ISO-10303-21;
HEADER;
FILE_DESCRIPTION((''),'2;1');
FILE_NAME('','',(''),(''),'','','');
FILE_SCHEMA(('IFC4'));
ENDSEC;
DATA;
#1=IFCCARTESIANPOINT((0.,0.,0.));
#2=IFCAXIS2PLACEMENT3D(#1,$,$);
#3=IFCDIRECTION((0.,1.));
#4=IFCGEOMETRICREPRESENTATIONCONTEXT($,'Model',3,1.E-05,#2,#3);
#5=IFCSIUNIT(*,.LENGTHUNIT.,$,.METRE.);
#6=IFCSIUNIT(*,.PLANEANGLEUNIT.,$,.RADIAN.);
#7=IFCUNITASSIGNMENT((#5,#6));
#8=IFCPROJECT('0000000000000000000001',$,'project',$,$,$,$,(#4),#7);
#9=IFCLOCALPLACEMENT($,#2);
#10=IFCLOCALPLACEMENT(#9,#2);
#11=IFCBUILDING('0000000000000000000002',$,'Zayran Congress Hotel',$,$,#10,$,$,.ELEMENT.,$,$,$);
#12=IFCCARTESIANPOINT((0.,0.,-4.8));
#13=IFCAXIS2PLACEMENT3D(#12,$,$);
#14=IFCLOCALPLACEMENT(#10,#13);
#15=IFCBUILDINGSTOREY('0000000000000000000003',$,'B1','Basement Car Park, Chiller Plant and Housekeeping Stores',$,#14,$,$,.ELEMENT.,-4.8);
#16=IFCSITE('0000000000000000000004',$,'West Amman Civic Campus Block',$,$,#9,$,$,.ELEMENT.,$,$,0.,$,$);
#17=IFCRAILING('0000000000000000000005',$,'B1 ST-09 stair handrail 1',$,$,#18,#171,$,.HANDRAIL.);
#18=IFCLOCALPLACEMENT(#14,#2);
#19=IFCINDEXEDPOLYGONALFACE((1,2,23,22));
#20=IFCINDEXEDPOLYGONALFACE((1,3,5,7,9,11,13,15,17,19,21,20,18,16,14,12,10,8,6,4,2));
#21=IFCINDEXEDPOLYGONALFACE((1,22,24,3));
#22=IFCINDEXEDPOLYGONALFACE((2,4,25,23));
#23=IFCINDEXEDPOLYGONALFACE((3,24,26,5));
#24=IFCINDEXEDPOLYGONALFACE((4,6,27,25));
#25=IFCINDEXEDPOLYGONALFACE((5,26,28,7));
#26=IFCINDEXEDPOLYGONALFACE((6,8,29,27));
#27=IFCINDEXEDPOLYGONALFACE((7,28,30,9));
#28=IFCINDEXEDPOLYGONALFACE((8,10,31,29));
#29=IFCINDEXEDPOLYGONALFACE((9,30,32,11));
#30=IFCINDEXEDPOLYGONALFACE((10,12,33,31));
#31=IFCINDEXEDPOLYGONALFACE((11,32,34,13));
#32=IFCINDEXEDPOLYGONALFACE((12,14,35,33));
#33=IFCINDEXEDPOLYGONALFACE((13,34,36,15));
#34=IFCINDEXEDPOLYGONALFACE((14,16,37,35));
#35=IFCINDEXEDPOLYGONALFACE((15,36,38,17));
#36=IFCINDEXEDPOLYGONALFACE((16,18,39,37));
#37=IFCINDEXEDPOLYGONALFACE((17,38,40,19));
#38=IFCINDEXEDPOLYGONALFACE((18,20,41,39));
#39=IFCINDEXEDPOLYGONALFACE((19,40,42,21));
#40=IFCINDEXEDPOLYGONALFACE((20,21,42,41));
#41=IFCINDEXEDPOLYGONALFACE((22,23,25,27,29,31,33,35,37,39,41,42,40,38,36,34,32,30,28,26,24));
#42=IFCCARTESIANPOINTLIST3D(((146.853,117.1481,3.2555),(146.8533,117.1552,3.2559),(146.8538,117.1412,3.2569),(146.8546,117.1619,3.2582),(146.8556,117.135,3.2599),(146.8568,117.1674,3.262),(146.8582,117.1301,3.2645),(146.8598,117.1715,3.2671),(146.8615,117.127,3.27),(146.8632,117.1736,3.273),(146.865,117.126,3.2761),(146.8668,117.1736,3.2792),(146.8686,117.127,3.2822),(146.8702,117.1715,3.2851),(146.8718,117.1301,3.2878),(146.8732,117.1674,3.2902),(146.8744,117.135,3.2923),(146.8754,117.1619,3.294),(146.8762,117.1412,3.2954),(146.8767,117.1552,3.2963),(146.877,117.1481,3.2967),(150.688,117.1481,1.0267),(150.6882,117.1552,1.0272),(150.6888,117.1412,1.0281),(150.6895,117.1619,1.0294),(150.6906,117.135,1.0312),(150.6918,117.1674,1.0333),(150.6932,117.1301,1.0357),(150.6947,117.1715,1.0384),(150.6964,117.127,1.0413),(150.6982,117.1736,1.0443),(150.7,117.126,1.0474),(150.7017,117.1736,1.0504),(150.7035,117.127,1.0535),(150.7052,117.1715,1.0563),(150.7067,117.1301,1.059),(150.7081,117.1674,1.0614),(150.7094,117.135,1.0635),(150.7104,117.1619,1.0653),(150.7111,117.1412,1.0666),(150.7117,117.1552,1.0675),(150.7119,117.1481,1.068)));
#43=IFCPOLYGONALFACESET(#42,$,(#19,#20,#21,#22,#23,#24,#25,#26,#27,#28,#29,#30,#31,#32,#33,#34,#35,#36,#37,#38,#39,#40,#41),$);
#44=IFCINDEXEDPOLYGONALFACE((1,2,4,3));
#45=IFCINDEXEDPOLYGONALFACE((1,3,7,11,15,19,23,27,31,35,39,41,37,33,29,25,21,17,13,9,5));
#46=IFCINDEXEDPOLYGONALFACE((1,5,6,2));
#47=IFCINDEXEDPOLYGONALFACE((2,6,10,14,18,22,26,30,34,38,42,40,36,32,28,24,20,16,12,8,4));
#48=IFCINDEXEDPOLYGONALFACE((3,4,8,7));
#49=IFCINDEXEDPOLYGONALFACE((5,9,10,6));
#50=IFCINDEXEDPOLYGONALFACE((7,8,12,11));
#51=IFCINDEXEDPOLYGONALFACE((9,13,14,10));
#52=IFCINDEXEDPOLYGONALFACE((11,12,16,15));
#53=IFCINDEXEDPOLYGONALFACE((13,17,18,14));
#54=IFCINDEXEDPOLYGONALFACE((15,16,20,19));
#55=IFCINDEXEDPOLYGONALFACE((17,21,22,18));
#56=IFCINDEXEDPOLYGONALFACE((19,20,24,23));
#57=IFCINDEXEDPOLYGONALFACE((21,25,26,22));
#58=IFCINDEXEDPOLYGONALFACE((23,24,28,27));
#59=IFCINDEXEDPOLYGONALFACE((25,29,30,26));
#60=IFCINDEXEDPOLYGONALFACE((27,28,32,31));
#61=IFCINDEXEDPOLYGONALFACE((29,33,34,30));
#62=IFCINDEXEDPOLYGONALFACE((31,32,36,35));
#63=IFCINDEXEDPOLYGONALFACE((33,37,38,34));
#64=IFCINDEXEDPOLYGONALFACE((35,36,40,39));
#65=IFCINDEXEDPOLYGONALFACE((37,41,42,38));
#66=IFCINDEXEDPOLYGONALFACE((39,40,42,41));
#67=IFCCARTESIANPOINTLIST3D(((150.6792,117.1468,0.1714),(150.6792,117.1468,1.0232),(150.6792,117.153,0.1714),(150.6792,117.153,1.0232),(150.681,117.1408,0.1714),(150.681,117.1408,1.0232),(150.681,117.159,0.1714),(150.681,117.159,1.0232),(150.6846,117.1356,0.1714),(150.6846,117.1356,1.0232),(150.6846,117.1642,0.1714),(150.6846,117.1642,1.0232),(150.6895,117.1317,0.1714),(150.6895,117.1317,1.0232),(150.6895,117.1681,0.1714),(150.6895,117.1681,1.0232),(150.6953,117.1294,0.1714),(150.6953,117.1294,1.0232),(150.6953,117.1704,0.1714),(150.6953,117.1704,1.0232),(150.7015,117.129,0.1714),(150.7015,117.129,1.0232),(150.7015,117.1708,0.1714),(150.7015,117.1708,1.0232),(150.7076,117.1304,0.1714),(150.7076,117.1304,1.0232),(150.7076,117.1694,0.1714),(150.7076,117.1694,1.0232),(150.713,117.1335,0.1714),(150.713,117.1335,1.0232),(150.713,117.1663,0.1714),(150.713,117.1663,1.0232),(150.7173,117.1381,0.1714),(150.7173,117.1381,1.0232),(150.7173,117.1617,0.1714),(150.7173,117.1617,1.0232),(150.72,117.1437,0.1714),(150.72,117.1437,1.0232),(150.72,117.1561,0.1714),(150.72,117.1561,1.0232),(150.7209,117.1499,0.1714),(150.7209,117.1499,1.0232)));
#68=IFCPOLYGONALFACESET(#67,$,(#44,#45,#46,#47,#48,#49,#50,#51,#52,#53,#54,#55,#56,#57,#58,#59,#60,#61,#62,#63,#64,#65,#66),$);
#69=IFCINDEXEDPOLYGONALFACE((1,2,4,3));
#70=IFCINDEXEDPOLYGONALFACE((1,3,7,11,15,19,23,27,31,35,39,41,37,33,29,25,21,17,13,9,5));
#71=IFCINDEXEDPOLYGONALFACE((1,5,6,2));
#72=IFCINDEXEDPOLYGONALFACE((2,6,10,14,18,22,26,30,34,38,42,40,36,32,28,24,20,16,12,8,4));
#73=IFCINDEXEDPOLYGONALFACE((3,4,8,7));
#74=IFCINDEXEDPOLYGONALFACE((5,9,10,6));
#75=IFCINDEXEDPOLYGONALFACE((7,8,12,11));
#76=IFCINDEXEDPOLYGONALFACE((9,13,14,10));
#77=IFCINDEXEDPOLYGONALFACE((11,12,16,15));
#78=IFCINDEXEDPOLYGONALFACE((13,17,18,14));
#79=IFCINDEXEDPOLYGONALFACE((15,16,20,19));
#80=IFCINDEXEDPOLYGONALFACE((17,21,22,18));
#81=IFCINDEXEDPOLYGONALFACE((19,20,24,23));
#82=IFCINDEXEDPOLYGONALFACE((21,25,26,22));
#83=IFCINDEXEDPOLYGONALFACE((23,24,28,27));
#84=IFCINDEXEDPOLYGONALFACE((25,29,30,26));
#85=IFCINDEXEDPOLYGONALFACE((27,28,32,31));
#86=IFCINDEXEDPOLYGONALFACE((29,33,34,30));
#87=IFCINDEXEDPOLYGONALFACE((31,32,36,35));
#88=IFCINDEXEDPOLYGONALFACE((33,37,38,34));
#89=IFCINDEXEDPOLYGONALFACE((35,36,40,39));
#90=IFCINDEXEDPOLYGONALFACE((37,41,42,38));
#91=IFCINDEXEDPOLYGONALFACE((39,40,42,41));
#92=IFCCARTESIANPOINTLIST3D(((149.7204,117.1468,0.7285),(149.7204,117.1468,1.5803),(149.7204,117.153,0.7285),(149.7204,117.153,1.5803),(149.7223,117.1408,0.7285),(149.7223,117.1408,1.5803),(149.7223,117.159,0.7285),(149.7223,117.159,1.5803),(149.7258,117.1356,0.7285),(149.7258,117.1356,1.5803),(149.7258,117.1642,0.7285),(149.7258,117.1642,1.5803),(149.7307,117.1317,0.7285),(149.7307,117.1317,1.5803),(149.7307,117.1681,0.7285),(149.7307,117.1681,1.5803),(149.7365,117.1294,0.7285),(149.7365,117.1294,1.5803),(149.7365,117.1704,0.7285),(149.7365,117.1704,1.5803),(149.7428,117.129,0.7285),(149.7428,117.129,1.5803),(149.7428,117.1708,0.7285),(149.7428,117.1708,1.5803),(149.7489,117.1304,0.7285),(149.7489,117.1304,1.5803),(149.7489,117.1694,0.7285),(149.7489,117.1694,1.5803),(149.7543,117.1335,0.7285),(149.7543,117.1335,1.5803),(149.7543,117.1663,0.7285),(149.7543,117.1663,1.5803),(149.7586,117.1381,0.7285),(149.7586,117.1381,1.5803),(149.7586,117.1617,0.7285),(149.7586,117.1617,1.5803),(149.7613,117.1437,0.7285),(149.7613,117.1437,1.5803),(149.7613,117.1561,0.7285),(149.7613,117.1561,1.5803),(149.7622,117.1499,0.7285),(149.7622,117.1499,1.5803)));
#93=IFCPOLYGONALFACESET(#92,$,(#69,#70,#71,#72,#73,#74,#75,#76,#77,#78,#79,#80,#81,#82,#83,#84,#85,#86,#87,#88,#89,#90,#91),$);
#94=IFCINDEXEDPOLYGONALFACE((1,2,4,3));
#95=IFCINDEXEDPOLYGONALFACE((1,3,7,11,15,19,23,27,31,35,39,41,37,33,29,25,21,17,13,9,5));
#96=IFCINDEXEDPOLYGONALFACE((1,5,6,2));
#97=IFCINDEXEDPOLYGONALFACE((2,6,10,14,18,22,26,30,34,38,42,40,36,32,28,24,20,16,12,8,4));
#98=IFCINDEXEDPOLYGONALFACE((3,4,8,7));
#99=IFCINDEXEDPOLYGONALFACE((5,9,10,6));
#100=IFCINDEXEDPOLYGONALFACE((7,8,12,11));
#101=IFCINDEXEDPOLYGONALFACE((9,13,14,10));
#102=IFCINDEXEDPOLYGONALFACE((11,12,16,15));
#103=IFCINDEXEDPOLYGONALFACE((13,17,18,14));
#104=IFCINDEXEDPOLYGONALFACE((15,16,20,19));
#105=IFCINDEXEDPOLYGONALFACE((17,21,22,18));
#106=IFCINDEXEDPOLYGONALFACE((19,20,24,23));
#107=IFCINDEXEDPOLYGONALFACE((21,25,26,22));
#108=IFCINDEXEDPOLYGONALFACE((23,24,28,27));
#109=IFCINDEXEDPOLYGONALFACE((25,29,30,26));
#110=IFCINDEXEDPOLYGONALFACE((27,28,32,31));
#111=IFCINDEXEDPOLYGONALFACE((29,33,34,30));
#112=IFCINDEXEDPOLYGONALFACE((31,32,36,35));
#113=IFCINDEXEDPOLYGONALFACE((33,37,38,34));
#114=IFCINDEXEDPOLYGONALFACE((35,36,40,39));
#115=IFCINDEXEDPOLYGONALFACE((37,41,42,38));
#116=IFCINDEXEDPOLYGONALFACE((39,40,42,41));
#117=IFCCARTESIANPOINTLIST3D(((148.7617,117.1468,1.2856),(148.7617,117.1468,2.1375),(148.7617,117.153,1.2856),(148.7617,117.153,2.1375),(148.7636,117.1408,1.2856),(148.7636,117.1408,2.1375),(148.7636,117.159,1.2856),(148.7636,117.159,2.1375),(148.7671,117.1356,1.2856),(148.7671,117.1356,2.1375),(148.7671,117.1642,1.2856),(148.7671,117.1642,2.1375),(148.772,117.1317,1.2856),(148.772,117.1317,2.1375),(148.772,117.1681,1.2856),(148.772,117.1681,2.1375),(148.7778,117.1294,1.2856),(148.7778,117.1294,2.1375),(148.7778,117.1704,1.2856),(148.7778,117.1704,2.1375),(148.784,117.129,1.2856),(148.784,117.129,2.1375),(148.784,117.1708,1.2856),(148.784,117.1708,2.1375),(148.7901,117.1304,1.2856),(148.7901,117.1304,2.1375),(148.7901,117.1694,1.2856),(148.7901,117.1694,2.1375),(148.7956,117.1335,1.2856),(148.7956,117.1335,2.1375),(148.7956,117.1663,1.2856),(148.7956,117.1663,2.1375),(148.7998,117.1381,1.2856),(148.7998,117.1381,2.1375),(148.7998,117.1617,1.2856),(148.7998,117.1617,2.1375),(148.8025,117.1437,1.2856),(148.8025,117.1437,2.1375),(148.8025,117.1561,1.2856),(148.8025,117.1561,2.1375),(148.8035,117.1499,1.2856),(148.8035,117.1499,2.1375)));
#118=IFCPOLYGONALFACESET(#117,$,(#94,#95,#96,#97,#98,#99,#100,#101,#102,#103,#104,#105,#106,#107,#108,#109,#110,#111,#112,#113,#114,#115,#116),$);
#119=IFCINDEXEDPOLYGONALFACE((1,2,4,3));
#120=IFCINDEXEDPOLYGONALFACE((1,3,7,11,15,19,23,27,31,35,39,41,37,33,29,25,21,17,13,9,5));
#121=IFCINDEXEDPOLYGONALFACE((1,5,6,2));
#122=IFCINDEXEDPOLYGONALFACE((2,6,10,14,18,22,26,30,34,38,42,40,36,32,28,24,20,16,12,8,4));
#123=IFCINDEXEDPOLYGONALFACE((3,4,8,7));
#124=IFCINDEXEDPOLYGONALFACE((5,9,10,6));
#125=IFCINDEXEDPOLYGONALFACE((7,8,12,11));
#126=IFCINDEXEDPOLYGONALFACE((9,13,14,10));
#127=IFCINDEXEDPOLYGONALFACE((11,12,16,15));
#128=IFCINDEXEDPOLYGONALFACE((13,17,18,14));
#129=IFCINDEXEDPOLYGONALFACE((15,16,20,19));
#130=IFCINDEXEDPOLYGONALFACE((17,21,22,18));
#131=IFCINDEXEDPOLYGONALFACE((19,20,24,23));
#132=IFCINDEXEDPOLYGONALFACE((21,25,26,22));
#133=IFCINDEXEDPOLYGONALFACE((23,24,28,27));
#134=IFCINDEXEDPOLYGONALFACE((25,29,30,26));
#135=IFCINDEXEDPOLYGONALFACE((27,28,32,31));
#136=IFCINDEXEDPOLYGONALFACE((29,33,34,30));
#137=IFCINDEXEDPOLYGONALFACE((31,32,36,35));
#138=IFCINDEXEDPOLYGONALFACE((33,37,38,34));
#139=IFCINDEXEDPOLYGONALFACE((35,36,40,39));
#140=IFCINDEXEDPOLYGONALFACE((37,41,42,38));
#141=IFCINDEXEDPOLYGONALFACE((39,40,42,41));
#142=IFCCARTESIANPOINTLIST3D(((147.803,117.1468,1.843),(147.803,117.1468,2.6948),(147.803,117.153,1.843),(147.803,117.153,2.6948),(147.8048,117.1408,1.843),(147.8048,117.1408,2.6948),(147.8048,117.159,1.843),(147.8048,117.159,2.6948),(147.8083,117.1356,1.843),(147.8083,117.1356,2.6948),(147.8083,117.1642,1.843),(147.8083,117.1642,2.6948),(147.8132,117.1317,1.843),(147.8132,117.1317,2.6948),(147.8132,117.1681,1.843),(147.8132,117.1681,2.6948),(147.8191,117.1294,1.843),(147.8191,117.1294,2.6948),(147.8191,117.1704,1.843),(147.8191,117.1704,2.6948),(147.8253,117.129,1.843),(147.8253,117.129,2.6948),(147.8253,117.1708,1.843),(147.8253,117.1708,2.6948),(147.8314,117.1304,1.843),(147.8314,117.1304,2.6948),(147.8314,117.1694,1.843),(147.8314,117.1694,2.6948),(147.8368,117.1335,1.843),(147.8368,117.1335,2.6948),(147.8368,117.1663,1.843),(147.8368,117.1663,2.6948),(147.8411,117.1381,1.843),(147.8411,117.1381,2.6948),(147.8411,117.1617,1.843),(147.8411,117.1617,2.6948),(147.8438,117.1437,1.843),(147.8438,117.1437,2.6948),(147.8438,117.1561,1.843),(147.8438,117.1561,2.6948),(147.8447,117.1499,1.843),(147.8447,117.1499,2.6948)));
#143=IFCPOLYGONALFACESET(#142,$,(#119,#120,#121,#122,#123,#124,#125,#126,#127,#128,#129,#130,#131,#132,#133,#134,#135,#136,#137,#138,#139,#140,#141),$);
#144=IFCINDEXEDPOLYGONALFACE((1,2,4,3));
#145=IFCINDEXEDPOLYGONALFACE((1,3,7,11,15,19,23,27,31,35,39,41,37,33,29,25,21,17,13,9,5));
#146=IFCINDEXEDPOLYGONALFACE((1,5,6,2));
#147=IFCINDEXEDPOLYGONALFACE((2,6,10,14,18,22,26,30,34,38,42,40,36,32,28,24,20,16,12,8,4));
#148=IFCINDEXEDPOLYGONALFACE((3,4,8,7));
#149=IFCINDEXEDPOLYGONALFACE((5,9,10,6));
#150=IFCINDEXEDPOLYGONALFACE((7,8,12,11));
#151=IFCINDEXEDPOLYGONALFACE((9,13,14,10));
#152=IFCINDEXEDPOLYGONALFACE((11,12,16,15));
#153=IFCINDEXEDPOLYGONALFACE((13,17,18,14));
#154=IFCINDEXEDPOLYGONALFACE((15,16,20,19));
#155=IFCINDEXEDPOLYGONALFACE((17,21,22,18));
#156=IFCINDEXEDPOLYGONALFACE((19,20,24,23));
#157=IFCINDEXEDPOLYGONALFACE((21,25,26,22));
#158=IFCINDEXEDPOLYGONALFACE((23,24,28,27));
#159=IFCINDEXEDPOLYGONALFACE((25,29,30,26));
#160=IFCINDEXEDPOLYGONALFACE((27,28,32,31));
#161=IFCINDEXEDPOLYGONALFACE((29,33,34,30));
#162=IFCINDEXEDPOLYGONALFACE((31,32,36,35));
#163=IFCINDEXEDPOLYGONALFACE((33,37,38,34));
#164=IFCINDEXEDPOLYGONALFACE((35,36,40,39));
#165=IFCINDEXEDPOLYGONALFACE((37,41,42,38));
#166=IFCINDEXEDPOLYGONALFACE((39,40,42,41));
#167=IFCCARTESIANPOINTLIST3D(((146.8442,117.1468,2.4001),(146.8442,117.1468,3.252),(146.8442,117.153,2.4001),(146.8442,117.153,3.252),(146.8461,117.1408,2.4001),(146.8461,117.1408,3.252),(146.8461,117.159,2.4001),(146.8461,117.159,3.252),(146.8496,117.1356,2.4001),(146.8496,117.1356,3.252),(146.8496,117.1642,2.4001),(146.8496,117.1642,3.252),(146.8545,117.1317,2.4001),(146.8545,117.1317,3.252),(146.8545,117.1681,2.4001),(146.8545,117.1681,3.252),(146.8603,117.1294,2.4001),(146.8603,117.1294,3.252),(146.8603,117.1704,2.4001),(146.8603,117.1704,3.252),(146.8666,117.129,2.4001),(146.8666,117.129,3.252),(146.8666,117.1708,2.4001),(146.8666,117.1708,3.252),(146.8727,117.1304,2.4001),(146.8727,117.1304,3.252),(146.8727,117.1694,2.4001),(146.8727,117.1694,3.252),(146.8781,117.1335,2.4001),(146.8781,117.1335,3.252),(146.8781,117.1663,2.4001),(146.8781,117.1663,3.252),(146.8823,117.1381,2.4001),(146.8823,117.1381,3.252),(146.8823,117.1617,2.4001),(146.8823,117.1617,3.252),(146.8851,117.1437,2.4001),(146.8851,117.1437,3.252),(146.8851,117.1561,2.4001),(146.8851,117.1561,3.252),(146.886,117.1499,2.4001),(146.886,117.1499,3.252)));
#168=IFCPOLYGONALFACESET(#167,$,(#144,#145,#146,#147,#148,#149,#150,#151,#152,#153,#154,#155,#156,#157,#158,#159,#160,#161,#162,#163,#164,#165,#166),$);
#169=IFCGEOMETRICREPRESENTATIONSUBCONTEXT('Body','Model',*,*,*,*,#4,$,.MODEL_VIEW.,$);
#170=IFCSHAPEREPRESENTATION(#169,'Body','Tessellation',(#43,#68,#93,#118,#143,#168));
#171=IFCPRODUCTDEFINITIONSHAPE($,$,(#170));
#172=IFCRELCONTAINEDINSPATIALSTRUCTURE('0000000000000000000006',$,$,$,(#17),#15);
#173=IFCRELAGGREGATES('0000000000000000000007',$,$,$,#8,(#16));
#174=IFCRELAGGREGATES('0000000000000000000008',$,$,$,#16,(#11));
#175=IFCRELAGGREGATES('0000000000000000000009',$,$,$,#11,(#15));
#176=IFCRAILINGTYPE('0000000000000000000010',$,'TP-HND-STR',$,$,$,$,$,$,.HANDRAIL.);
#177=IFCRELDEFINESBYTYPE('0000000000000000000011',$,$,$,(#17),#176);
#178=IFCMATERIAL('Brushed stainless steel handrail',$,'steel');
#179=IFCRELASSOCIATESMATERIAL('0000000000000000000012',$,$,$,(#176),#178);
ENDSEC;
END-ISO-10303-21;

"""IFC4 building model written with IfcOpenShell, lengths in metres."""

from ifc_helpers import new_model, si_unit, direction, frame, origin, origin_2d, place, context, subcontext, project, spatial, circle, extrude, material, type_object, element, save


model = new_model("IFC4")

# Units and contexts
model_context = context("Model", 3, precision=1e-05, world=origin(), true_north=direction((0.0, 1.0)))
body_context = subcontext(model_context, "Body", "Model", "MODEL_VIEW")
ifc_project = project(units=[si_unit("LENGTHUNIT", "METRE"), si_unit("PLANEANGLEUNIT", "RADIAN")], contexts=[model_context])

# Site, building, storey
site_placement = place(None, origin())
site = spatial("IfcSite", under=ifc_project, at=site_placement, Name="West Amman Civic Campus Block", CompositionType="ELEMENT", RefElevation=0.0)
building_placement = place(site_placement, origin())
building = spatial("IfcBuilding", under=site, at=building_placement, Name="Zayran Congress Hotel", CompositionType="ELEMENT")
storey_placement = place(building_placement, frame((0.0, 0.0, -4.8)))
storey = spatial("IfcBuildingStorey", under=building, at=storey_placement, Name="B1", Description="Basement Car Park, Chiller Plant and Housekeeping Stores", CompositionType="ELEMENT", Elevation=-4.8)

# Railing
ifc_material_1 = material(Name="Brushed stainless steel handrail", Category="steel")
railing_type_1 = type_object("IfcRailingType", Name="TP-HND-STR", PredefinedType="HANDRAIL", material=ifc_material_1)
railing_1_placement = place(storey_placement, frame((150.7, 117.1499, 0.1714)))
element("IfcRailing", 1, at=railing_1_placement, inside=storey, type_object=railing_type_1, Name="B1 ST-09 stair handrail 1", PredefinedType="HANDRAIL", context=body_context, shape_type="SweptSolid", body=[
    extrude(circle(Radius=0.0239, at=origin_2d()), frame((0.0, 0.0, 0.876), z_axis=(-0.864592, 0.0, 0.502474), x_axis=(0.0, -1.0, 0.0)), (0.0, 0.0, 1.0), 4.4355),
    extrude(circle(Radius=0.021, at=origin_2d()), origin(), (0.0, 0.0, 1.0), 0.8518),
    extrude(circle(Radius=0.021, at=origin_2d()), frame((-0.9587, 0.0, 0.5571)), (0.0, 0.0, 1.0), 0.8518),
    extrude(circle(Radius=0.021, at=origin_2d()), frame((-1.9175, 0.0, 1.1143)), (0.0, 0.0, 1.0), 0.8518),
    extrude(circle(Radius=0.021, at=origin_2d()), frame((-2.8762, 0.0, 1.6716)), (0.0, 0.0, 1.0), 0.8518),
    extrude(circle(Radius=0.021, at=origin_2d()), frame((-3.835, 0.0, 2.2288)), (0.0, 0.0, 1.0), 0.8518),
])

save(model, "model.ifc")
